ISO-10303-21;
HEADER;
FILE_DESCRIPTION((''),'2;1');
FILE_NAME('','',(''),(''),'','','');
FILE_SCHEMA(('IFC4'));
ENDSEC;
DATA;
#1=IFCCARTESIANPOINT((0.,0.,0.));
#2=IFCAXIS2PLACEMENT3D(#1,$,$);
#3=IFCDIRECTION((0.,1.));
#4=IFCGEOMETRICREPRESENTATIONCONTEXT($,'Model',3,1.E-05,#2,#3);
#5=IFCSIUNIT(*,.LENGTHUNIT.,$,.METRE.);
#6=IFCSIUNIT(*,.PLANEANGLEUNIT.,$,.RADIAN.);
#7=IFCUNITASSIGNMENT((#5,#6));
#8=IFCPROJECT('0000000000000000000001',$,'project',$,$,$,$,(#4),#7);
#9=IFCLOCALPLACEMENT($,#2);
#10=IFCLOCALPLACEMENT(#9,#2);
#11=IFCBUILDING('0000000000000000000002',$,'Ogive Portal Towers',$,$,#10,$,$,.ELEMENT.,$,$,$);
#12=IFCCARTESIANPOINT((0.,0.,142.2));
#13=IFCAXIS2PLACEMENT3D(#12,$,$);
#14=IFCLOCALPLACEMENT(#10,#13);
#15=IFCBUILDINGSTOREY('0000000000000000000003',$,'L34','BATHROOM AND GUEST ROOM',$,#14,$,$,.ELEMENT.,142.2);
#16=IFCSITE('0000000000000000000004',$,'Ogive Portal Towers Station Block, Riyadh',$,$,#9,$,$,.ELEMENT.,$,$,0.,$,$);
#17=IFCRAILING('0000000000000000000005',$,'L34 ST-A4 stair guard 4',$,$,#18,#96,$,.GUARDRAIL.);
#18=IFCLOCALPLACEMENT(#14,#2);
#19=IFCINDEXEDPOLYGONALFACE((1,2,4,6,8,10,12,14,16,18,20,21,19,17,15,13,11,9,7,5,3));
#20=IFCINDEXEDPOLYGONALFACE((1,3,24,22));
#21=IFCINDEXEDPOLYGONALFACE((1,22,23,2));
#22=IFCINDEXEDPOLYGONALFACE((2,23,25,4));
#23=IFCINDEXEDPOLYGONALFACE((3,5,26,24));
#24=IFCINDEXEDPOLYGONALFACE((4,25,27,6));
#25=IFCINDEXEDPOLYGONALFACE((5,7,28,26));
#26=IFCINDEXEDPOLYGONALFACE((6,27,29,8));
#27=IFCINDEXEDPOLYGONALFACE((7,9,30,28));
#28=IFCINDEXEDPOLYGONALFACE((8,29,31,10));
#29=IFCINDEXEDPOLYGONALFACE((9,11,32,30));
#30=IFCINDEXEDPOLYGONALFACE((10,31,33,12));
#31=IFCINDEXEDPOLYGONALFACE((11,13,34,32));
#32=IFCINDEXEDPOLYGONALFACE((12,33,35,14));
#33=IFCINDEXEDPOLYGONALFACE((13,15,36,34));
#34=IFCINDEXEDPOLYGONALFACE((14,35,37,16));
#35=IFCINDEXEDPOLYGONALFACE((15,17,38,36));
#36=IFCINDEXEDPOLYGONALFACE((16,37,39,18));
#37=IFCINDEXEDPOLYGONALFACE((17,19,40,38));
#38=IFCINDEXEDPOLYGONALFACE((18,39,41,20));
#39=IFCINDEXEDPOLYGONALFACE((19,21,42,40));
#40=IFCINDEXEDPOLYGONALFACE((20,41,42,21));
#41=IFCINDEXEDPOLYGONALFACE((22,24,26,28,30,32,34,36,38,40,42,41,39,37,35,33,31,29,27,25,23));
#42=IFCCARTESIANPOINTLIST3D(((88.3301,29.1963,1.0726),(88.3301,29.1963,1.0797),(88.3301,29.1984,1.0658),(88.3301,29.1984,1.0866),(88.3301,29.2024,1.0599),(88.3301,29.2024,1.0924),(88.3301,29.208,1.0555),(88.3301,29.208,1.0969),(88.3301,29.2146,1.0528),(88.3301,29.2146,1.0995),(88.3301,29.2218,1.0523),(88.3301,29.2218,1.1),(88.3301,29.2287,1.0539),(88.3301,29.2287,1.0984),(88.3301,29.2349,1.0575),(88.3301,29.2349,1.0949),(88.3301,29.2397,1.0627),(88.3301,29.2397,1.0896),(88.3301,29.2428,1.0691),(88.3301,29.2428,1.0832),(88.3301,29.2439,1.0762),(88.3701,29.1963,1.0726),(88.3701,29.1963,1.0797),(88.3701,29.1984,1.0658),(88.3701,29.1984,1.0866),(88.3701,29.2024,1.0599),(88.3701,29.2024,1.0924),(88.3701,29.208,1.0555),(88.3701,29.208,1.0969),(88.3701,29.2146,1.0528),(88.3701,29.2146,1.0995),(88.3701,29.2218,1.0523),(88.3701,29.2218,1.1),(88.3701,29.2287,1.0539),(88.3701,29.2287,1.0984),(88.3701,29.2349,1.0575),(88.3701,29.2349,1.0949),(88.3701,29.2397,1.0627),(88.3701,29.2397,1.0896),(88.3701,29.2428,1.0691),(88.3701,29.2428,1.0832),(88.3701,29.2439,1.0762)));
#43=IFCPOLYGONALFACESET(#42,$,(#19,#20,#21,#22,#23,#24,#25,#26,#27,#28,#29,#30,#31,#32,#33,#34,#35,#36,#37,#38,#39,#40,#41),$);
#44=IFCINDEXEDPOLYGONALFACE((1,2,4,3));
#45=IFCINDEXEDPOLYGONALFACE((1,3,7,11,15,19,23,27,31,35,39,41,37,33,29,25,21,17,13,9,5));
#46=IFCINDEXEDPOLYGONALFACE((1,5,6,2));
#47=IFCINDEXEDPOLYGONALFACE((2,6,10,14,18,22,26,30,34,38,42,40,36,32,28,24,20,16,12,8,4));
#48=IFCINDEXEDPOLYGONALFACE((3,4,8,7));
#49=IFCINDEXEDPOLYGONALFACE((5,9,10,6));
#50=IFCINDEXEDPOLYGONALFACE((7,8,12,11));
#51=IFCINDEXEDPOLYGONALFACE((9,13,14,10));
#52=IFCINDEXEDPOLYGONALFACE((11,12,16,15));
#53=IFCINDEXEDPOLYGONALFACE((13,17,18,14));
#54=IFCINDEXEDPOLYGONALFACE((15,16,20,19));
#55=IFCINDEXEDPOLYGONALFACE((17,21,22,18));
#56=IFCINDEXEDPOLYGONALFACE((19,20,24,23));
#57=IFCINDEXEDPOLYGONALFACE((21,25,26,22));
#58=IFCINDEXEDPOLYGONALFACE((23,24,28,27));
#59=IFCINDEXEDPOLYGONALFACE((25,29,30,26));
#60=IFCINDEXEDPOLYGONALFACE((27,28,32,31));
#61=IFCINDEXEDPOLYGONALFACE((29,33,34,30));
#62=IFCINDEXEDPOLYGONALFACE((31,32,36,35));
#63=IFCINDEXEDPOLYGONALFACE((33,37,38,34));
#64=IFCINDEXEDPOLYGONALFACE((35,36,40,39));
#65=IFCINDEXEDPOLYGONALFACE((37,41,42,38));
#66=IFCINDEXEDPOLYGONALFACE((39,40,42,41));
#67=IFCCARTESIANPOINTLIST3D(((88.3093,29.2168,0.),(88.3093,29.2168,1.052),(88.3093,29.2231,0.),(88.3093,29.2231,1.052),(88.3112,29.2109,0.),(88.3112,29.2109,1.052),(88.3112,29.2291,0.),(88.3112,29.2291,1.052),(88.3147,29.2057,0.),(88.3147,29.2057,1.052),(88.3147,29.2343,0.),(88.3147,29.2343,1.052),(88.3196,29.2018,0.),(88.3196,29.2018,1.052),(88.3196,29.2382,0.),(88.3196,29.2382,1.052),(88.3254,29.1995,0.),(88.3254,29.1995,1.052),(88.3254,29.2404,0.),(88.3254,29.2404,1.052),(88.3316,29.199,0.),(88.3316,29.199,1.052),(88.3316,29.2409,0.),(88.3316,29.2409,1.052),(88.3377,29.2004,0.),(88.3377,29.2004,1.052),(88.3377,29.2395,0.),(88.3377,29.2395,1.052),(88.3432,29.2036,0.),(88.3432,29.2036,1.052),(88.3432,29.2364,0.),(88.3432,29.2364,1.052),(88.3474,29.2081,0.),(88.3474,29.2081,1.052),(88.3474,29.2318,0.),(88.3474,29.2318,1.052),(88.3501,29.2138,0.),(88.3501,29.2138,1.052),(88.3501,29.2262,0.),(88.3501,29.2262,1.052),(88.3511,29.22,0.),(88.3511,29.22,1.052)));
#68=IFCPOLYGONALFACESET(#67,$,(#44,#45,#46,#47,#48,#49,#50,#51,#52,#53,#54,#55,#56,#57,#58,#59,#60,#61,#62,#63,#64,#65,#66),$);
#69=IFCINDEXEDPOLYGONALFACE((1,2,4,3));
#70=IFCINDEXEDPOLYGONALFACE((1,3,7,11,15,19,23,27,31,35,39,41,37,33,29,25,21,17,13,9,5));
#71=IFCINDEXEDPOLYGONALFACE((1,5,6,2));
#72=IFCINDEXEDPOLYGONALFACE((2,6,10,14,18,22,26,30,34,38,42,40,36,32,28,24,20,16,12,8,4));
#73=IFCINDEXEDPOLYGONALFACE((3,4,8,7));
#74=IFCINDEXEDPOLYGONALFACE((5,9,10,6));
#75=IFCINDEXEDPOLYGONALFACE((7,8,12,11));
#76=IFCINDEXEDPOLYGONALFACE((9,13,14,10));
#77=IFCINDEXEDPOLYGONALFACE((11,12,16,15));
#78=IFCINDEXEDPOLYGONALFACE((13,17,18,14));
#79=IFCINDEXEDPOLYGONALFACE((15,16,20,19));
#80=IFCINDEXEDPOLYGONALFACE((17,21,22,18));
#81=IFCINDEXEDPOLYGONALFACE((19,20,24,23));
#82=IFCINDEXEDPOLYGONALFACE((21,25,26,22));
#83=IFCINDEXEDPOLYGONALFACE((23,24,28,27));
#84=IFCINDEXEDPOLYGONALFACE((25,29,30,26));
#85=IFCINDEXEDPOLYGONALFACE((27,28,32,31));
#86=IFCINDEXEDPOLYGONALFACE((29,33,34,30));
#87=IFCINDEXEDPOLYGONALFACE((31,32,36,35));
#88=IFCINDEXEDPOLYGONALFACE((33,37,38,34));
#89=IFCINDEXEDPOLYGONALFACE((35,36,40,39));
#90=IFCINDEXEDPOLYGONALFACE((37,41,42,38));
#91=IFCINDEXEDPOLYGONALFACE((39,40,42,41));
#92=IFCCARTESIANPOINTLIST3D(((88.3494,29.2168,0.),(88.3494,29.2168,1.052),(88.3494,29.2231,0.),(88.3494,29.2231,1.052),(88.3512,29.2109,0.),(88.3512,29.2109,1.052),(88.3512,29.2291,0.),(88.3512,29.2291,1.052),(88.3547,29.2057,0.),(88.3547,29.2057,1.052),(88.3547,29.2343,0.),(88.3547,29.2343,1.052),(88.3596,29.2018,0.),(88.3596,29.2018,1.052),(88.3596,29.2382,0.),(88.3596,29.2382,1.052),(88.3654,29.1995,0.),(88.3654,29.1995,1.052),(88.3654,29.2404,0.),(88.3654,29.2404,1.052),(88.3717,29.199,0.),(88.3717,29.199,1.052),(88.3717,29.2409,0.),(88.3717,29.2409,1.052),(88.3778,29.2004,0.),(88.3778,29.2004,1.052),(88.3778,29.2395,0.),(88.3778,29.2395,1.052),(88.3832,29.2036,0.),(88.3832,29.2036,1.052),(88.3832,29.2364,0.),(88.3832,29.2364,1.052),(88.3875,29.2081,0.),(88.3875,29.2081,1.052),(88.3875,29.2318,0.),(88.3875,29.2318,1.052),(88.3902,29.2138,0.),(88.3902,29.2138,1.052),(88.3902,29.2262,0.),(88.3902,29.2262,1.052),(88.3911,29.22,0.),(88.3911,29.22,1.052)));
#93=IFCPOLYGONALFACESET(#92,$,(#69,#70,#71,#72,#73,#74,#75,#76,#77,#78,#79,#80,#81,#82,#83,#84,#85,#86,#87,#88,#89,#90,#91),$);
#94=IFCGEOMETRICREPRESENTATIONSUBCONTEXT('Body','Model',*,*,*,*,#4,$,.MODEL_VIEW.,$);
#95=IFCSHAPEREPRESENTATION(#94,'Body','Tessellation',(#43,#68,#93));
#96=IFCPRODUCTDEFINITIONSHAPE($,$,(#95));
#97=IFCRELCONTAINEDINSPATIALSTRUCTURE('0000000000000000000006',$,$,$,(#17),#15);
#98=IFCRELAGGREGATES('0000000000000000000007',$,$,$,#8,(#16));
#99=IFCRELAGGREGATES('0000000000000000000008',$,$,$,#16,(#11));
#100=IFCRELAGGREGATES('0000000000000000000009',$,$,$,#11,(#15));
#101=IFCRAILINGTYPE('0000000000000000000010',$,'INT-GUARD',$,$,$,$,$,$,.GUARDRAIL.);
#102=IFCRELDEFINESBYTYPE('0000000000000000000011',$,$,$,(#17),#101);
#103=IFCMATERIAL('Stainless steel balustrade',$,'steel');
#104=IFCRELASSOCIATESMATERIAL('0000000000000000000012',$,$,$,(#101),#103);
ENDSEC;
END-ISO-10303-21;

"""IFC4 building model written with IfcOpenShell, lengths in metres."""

from ifc_helpers import new_model, si_unit, direction, frame, origin, origin_2d, place, context, subcontext, project, spatial, circle, extrude, material, type_object, element, save


model = new_model("IFC4")

# Units and contexts
model_context = context("Model", 3, precision=1e-05, world=origin(), true_north=direction((0.0, 1.0)))
body_context = subcontext(model_context, "Body", "Model", "MODEL_VIEW")
ifc_project = project(units=[si_unit("LENGTHUNIT", "METRE"), si_unit("PLANEANGLEUNIT", "RADIAN")], contexts=[model_context])

# Site, building, storey
site_placement = place(None, origin())
site = spatial("IfcSite", under=ifc_project, at=site_placement, Name="Ogive Portal Towers Station Block, Riyadh", CompositionType="ELEMENT", RefElevation=0.0)
building_placement = place(site_placement, origin())
building = spatial("IfcBuilding", under=site, at=building_placement, Name="Ogive Portal Towers", CompositionType="ELEMENT")
storey_placement = place(building_placement, frame((0.0, 0.0, 142.2)))
storey = spatial("IfcBuildingStorey", under=building, at=storey_placement, Name="L34", Description="BATHROOM AND GUEST ROOM", CompositionType="ELEMENT", Elevation=142.2)

# Railing
ifc_material_1 = material(Name="Stainless steel balustrade", Category="steel")
railing_type_1 = type_object("IfcRailingType", Name="INT-GUARD", PredefinedType="GUARDRAIL", material=ifc_material_1)
railing_1_placement = place(storey_placement, frame((88.3301, 29.22, 0.0)))
element("IfcRailing", 1, at=railing_1_placement, inside=storey, type_object=railing_type_1, Name="L34 ST-A4 stair guard 4", PredefinedType="GUARDRAIL", context=body_context, shape_type="SweptSolid", body=[
    extrude(circle(Radius=0.0239, at=origin_2d()), frame((0.0, 0.0, 1.0762), z_axis=(1.0, 0.0, 0.0), x_axis=(0.0, 1.0, 0.0)), (0.0, 0.0, 1.0), 0.04),
    extrude(circle(Radius=0.021, at=origin_2d()), origin(), (0.0, 0.0, 1.0), 1.052),
    extrude(circle(Radius=0.021, at=origin_2d()), frame((0.04, 0.0, 0.0)), (0.0, 0.0, 1.0), 1.052),
])

save(model, "model.ifc")
